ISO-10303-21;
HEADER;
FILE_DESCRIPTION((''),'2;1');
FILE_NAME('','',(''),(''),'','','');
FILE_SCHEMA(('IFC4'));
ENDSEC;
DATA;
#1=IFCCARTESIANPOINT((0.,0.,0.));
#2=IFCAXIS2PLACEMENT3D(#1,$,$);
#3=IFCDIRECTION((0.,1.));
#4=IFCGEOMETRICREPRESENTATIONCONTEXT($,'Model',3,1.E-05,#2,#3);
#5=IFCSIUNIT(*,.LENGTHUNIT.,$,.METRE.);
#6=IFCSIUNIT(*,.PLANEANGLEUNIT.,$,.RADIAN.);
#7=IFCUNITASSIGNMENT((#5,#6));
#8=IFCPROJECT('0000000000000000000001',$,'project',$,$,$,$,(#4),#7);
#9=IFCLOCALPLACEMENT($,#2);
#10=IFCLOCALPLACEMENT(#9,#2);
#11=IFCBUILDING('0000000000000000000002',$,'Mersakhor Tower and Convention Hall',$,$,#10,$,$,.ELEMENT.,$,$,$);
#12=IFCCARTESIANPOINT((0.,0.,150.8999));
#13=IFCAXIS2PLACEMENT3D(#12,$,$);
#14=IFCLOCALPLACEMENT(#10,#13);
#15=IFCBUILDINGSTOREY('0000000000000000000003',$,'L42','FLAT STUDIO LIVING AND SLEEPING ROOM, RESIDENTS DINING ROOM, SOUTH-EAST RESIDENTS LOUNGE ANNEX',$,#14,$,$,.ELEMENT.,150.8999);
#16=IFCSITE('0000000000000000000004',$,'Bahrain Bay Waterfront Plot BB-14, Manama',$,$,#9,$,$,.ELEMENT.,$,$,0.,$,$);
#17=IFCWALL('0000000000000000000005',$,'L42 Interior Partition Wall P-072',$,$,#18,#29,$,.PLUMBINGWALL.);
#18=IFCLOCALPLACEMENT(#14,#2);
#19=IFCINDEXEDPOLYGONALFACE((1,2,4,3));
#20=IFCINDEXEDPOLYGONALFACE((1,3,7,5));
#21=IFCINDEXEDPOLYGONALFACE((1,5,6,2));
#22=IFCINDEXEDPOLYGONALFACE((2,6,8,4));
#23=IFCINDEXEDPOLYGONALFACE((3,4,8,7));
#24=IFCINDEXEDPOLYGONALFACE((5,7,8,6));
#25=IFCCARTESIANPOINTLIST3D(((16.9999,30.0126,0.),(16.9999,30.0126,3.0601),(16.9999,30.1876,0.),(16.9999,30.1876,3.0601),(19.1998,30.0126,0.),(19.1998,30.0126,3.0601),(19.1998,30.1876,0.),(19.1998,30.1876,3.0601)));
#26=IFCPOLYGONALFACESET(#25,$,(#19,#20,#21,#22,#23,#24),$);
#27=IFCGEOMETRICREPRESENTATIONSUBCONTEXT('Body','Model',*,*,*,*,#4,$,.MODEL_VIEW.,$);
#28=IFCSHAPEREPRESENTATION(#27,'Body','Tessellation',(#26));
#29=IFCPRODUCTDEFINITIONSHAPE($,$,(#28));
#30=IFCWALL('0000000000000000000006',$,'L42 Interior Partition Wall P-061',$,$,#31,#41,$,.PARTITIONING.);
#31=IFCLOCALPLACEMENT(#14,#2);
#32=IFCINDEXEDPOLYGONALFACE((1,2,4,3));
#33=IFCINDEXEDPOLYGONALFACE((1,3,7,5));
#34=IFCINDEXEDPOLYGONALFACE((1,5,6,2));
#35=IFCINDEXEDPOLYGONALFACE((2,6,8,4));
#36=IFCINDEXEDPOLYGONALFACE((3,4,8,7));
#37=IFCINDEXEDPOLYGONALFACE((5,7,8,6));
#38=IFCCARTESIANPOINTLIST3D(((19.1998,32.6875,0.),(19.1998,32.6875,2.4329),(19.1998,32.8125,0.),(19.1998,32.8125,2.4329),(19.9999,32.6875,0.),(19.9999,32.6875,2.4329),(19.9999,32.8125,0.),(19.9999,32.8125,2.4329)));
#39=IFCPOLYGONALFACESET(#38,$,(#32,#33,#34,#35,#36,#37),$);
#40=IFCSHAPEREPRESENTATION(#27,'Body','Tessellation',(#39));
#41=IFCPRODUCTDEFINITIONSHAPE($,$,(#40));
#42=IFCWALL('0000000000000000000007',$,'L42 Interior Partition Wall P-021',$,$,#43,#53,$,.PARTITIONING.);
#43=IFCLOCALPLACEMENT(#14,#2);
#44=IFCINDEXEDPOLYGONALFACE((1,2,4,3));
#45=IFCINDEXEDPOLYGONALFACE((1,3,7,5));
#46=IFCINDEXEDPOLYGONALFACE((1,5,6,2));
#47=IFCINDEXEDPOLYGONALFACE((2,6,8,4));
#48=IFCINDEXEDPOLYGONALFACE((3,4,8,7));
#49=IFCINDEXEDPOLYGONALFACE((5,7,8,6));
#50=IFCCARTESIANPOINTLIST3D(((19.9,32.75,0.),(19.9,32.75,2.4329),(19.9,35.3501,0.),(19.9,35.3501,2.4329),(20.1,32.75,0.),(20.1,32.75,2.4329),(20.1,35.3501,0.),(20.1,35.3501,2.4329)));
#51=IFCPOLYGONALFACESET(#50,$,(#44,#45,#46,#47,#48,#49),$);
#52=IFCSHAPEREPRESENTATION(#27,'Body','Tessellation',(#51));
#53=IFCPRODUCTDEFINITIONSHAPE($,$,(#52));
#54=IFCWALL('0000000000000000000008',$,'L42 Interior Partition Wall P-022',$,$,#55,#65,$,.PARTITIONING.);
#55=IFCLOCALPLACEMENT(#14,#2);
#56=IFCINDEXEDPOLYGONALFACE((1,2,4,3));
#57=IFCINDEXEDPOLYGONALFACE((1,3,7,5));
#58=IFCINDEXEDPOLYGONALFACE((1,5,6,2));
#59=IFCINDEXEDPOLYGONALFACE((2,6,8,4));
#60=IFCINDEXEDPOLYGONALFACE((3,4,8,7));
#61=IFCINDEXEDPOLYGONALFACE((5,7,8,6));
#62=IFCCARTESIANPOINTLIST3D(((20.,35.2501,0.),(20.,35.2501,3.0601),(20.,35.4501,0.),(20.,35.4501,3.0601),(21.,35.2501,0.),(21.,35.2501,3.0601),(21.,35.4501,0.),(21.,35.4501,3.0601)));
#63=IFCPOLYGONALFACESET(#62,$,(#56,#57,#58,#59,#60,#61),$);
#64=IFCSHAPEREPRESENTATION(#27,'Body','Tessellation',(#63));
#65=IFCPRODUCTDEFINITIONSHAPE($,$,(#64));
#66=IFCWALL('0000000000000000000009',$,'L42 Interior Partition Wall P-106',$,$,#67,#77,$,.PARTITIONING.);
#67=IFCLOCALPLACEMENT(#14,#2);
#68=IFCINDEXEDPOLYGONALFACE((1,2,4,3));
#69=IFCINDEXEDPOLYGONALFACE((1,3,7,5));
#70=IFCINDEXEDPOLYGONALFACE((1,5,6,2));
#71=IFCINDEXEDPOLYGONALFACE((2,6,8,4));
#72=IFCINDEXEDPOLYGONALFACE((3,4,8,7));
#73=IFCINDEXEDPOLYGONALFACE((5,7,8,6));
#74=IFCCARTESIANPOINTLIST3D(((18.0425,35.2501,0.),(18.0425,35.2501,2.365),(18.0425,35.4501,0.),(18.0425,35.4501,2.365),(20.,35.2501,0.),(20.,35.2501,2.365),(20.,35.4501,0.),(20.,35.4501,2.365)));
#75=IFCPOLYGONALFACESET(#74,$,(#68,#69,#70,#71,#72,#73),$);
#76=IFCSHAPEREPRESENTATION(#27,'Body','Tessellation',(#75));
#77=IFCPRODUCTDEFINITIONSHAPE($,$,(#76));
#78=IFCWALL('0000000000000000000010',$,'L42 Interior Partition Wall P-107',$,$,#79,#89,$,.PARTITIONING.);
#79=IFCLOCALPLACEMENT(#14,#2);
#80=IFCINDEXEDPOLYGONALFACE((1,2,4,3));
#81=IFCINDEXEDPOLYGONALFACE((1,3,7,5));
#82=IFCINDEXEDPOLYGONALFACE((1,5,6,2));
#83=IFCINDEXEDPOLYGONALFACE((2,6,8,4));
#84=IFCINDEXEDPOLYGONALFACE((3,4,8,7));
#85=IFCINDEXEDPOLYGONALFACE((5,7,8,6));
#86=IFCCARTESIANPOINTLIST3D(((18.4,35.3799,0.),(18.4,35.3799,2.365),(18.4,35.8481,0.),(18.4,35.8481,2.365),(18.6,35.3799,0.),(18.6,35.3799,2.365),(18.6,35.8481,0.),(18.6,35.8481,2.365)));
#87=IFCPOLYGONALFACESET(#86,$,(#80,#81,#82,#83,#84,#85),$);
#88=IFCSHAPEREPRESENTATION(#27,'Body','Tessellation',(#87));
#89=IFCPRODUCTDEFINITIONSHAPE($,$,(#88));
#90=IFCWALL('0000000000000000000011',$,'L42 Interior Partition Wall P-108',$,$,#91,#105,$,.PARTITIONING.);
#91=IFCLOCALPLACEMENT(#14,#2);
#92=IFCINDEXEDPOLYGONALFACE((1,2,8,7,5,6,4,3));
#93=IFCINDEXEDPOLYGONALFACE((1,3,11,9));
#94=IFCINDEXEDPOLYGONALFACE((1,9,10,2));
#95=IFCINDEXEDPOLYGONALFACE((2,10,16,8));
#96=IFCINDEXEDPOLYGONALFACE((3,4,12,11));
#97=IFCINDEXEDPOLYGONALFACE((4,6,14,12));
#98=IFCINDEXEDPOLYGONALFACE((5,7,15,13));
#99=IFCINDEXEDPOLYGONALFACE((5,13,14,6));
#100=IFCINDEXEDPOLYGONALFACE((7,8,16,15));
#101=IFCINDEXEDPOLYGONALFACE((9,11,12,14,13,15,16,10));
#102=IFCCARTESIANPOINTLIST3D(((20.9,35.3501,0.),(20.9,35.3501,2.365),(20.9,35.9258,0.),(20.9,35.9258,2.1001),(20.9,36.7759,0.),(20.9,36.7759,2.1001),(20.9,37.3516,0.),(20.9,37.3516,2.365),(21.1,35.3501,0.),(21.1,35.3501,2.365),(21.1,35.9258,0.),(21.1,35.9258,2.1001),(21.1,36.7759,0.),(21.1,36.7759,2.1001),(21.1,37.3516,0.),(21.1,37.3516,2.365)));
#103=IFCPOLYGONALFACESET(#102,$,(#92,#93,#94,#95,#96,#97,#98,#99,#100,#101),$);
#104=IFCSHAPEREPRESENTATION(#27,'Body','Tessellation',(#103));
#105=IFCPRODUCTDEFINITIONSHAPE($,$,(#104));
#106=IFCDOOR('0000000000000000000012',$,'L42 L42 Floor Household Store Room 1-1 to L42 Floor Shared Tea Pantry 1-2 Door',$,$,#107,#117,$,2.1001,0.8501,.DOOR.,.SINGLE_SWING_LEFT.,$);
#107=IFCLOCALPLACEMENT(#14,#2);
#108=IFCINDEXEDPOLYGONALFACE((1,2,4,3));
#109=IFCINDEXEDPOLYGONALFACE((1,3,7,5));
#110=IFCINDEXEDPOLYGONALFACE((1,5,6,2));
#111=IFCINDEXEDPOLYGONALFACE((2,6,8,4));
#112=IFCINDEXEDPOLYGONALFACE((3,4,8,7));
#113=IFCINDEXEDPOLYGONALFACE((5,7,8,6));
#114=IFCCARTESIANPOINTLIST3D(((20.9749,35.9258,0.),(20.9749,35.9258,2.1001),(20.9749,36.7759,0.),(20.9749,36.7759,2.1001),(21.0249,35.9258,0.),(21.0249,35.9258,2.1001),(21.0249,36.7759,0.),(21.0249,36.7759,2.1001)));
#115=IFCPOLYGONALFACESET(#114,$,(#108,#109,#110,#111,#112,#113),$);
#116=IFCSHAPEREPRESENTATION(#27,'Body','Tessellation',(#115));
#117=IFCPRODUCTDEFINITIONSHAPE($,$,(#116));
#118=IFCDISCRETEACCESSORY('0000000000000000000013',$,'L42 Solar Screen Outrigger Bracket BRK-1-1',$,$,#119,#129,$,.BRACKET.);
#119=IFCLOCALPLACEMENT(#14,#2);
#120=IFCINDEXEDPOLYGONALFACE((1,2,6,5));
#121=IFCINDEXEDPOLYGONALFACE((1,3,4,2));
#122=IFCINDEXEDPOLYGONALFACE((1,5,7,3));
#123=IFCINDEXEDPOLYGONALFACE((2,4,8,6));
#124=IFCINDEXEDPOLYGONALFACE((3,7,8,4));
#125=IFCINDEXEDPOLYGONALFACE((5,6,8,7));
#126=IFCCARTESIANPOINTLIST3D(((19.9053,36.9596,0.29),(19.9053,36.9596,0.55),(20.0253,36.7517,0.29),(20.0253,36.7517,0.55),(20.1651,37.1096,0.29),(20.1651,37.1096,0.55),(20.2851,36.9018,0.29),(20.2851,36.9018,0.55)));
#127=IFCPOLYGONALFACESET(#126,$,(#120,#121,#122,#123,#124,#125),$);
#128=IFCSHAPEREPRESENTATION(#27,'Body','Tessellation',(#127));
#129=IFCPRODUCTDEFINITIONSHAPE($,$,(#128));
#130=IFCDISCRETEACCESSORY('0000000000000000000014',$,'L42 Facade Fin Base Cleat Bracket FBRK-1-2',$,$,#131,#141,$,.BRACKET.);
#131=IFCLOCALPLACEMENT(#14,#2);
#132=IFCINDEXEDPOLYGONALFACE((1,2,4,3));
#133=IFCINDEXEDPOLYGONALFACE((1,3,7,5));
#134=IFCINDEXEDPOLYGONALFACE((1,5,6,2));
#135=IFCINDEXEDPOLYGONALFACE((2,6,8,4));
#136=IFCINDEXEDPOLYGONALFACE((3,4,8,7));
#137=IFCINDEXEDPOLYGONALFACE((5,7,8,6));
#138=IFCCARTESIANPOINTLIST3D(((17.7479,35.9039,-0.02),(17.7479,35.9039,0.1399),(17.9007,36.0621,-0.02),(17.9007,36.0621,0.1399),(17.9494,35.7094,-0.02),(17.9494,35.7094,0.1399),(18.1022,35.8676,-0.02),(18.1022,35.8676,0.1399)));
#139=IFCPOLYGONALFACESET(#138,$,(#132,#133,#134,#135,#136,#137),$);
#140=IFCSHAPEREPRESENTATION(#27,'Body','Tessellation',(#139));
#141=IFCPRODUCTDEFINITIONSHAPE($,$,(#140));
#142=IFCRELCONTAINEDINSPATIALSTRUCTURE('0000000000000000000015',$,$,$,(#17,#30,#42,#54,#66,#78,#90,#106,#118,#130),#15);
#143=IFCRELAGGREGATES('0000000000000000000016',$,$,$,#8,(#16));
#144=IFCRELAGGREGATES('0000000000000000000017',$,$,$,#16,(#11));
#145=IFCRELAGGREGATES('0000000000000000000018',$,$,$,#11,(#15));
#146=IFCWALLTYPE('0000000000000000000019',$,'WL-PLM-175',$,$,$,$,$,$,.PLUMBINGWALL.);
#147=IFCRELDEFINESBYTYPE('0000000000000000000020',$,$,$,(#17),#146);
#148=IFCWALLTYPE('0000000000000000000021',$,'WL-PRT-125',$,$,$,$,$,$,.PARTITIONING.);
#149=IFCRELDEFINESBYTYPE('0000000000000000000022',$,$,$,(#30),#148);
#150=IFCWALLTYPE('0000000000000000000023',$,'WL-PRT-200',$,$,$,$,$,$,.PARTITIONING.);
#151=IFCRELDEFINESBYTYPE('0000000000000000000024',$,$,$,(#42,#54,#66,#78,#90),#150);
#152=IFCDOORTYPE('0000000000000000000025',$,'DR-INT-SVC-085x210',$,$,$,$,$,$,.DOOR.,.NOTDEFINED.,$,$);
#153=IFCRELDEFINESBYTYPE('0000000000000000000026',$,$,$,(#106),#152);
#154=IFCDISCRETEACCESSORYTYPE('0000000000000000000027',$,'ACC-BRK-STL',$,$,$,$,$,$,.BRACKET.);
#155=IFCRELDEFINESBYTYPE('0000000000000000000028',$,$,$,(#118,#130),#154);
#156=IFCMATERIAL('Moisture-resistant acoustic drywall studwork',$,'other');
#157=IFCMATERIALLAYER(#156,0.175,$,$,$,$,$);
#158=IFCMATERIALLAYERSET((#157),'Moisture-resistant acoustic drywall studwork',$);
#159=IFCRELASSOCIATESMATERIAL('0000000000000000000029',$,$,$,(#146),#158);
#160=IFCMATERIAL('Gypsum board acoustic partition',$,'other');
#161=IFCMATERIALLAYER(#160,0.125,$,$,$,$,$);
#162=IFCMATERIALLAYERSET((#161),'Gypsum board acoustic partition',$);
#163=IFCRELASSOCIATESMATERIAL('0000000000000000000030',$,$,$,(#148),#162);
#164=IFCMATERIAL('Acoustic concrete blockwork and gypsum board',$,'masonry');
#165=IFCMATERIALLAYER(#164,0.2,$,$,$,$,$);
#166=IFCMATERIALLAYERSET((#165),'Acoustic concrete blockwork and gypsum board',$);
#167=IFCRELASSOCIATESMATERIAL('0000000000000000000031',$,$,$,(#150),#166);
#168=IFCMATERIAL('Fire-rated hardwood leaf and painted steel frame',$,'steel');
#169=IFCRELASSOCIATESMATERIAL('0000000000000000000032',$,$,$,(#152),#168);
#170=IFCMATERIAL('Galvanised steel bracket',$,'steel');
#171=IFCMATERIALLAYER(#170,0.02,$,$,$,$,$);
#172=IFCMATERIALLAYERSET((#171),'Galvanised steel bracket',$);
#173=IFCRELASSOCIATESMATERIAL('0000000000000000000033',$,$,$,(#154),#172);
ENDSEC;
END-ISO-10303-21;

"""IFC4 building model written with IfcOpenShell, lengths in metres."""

from ifc_helpers import new_model, si_unit, direction, frame, frame_2d, origin, origin_2d, place, context, subcontext, project, spatial, rectangle, extrude, material, layer, layer_set, type_object, element, fill, save


model = new_model("IFC4")

# Units and contexts
model_context = context("Model", 3, precision=1e-05, world=origin(), true_north=direction((0.0, 1.0)))
body_context = subcontext(model_context, "Body", "Model", "MODEL_VIEW")
ifc_project = project(units=[si_unit("LENGTHUNIT", "METRE"), si_unit("PLANEANGLEUNIT", "RADIAN")], contexts=[model_context])

# Site, building, storey
site_placement = place(None, origin())
site = spatial("IfcSite", under=ifc_project, at=site_placement, Name="Bahrain Bay Waterfront Plot BB-14, Manama", CompositionType="ELEMENT", RefElevation=0.0)
building_placement = place(site_placement, origin())
building = spatial("IfcBuilding", under=site, at=building_placement, Name="Mersakhor Tower and Convention Hall", CompositionType="ELEMENT")
storey_placement = place(building_placement, frame((0.0, 0.0, 150.8999)))
storey = spatial("IfcBuildingStorey", under=building, at=storey_placement, Name="L42", Description="FLAT STUDIO LIVING AND SLEEPING ROOM, RESIDENTS DINING ROOM, SOUTH-EAST RESIDENTS LOUNGE ANNEX", CompositionType="ELEMENT", Elevation=150.8999)

# Shared definitions
ifc_material_1 = material(Name="Moisture-resistant acoustic drywall studwork", Category="other")
ifc_layer_1 = layer(ifc_material_1, 0.175)
ifc_layer_set_1 = layer_set([ifc_layer_1], Name="Moisture-resistant acoustic drywall studwork")
wall_type_1 = type_object("IfcWallType", Name="WL-PLM-175", PredefinedType="PLUMBINGWALL", material=ifc_layer_set_1)

# Walls
wall_1_placement = place(storey_placement, frame((19.2, 30.1001, 0.0), z_axis=(0.0, 0.0, 1.0), x_axis=(-1.0, 0.0, 0.0)))
element("IfcWall", 1, at=wall_1_placement, inside=storey, type_object=wall_type_1, Name="L42 Interior Partition Wall P-072", PredefinedType="PLUMBINGWALL", context=body_context, shape_type="SweptSolid", body=[
    extrude(rectangle(XDim=2.2, YDim=0.175, at=frame_2d((1.1001, 0.0))), origin(), (0.0, 0.0, 1.0), 3.0601),
])
ifc_material_2 = material(Name="Gypsum board acoustic partition", Category="other")
ifc_layer_2 = layer(ifc_material_2, 0.125)
ifc_layer_set_2 = layer_set([ifc_layer_2], Name="Gypsum board acoustic partition")
wall_type_2 = type_object("IfcWallType", Name="WL-PRT-125", PredefinedType="PARTITIONING", material=ifc_layer_set_2)
wall_2_placement = place(storey_placement, frame((19.2, 32.75, 0.0), z_axis=(0.0, 0.0, 1.0), x_axis=(1.0, 0.0, 0.0)))
element("IfcWall", 2, at=wall_2_placement, inside=storey, type_object=wall_type_2, Name="L42 Interior Partition Wall P-061", PredefinedType="PARTITIONING", context=body_context, shape_type="SweptSolid", body=[
    extrude(rectangle(XDim=0.8, YDim=0.125, at=frame_2d((0.3999, 0.0))), origin(), (0.0, 0.0, 1.0), 2.4329),
])
ifc_material_3 = material(Name="Acoustic concrete blockwork and gypsum board", Category="masonry")
ifc_layer_3 = layer(ifc_material_3, 0.2)
ifc_layer_set_3 = layer_set([ifc_layer_3], Name="Acoustic concrete blockwork and gypsum board")
wall_type_3 = type_object("IfcWallType", Name="WL-PRT-200", PredefinedType="PARTITIONING", material=ifc_layer_set_3)
wall_3_placement = place(storey_placement, frame((20.0, 32.75, 0.0), z_axis=(0.0, 0.0, 1.0), x_axis=(0.0, 1.0, 0.0)))
element("IfcWall", 3, at=wall_3_placement, inside=storey, type_object=wall_type_3, Name="L42 Interior Partition Wall P-021", PredefinedType="PARTITIONING", context=body_context, shape_type="SweptSolid", body=[
    extrude(rectangle(XDim=2.6001, YDim=0.2, at=frame_2d((1.3, 0.0))), origin(), (0.0, 0.0, 1.0), 2.4329),
])
wall_4_placement = place(storey_placement, frame((20.0, 35.3501, 0.0), z_axis=(0.0, 0.0, 1.0), x_axis=(1.0, 0.0, 0.0)))
element("IfcWall", 4, at=wall_4_placement, inside=storey, type_object=wall_type_3, Name="L42 Interior Partition Wall P-022", PredefinedType="PARTITIONING", context=body_context, shape_type="SweptSolid", body=[
    extrude(rectangle(XDim=1.0, YDim=0.2, at=frame_2d((0.5, 0.0))), origin(), (0.0, 0.0, 1.0), 3.0601),
])

# Walls
wall_5_placement = place(storey_placement, frame((20.0, 35.3501, 0.0), z_axis=(0.0, 0.0, 1.0), x_axis=(-1.0, 0.0, 0.0)))
element("IfcWall", 5, at=wall_5_placement, inside=storey, type_object=wall_type_3, Name="L42 Interior Partition Wall P-106", PredefinedType="PARTITIONING", context=body_context, shape_type="SweptSolid", body=[
    extrude(rectangle(XDim=1.9575, YDim=0.2, at=frame_2d((0.9788, 0.0))), origin(), (0.0, 0.0, 1.0), 2.365),
])
wall_6_placement = place(storey_placement, frame((18.5, 35.3799, 0.0), z_axis=(0.0, 0.0, 1.0), x_axis=(0.0, 1.0, 0.0)))
element("IfcWall", 6, at=wall_6_placement, inside=storey, type_object=wall_type_3, Name="L42 Interior Partition Wall P-107", PredefinedType="PARTITIONING", context=body_context, shape_type="SweptSolid", body=[
    extrude(rectangle(XDim=0.4683, YDim=0.2, at=frame_2d((0.2341, 0.0))), origin(), (0.0, 0.0, 1.0), 2.365),
])

# Wall, opening, door
wall_7_placement = place(storey_placement, frame((21.0, 37.3516, 0.0), z_axis=(0.0, 0.0, 1.0), x_axis=(0.0, -1.0, 0.0)))
wall_7 = element("IfcWall", 7, at=wall_7_placement, inside=storey, type_object=wall_type_3, Name="L42 Interior Partition Wall P-108", PredefinedType="PARTITIONING", context=body_context, shape_type="SweptSolid", body=[
    extrude(rectangle(XDim=2.0015, YDim=0.2, at=frame_2d((1.0007, 0.0))), origin(), (0.0, 0.0, 1.0), 2.365),
])
opening_1_placement = place(wall_7_placement, frame((0.5757, 0.0, 0.0)))
opening_1 = element("IfcOpeningElement", 8, at=opening_1_placement, cuts=wall_7, PredefinedType="OPENING", context=body_context, shape_type="SweptSolid", body=[
    extrude(rectangle(XDim=0.8501, YDim=2.1001, at=frame_2d((0.425, 1.05))), frame((0.0, 0.1099, 0.0), z_axis=(0.0, -1.0, 0.0), x_axis=(1.0, 0.0, 0.0)), (0.0, 0.0, 1.0), 0.22),
])
ifc_material_4 = material(Name="Fire-rated hardwood leaf and painted steel frame", Category="steel")
door_type_1 = type_object("IfcDoorType", Name="DR-INT-SVC-085x210", OperationType="NOTDEFINED", PredefinedType="DOOR", material=ifc_material_4)
door_1_placement = place(opening_1_placement, origin())
door_1 = element("IfcDoor", 9, at=door_1_placement, inside=storey, type_object=door_type_1, Name="L42 L42 Floor Household Store Room 1-1 to L42 Floor Shared Tea Pantry 1-2 Door", OperationType="SINGLE_SWING_LEFT", OverallHeight=2.1001, OverallWidth=0.8501, PredefinedType="DOOR", context=body_context, shape_type="SweptSolid", body=[
    extrude(rectangle(XDim=0.8501, YDim=2.1001, at=frame_2d((0.425, 1.05))), frame((0.0, 0.0249, 0.0), z_axis=(0.0, -1.0, 0.0), x_axis=(1.0, 0.0, 0.0)), (0.0, 0.0, 1.0), 0.05),
])
fill(opening_1, door_1)

# Discrete accessories
ifc_material_5 = material(Name="Galvanised steel bracket", Category="steel")
ifc_layer_4 = layer(ifc_material_5, 0.02)
ifc_layer_set_4 = layer_set([ifc_layer_4], Name="Galvanised steel bracket")
discrete_accessory_type = type_object("IfcDiscreteAccessoryType", Name="ACC-BRK-STL", PredefinedType="BRACKET", material=ifc_layer_set_4)
discrete_accessory_1_placement = place(storey_placement, frame((20.0952, 36.9307, 0.29), z_axis=(0.0, 0.0, 1.0), x_axis=(0.866025, 0.5, 0.0)))
element("IfcDiscreteAccessory", 10, at=discrete_accessory_1_placement, inside=storey, type_object=discrete_accessory_type, Name="L42 Solar Screen Outrigger Bracket BRK-1-1", PredefinedType="BRACKET", context=body_context, shape_type="SweptSolid", body=[
    extrude(rectangle(XDim=0.3, YDim=0.24, at=origin_2d()), origin(), (0.0, 0.0, 1.0), 0.26),
])
discrete_accessory_2_placement = place(storey_placement, frame((17.925, 35.8857, -0.02), z_axis=(0.0, 0.0, 1.0), x_axis=(-0.71934, 0.694658, 0.0)))
element("IfcDiscreteAccessory", 11, at=discrete_accessory_2_placement, inside=storey, type_object=discrete_accessory_type, Name="L42 Facade Fin Base Cleat Bracket FBRK-1-2", PredefinedType="BRACKET", context=body_context, shape_type="SweptSolid", body=[
    extrude(rectangle(XDim=0.28, YDim=0.22, at=origin_2d()), origin(), (0.0, 0.0, 1.0), 0.1599),
])

save(model, "model.ifc")
